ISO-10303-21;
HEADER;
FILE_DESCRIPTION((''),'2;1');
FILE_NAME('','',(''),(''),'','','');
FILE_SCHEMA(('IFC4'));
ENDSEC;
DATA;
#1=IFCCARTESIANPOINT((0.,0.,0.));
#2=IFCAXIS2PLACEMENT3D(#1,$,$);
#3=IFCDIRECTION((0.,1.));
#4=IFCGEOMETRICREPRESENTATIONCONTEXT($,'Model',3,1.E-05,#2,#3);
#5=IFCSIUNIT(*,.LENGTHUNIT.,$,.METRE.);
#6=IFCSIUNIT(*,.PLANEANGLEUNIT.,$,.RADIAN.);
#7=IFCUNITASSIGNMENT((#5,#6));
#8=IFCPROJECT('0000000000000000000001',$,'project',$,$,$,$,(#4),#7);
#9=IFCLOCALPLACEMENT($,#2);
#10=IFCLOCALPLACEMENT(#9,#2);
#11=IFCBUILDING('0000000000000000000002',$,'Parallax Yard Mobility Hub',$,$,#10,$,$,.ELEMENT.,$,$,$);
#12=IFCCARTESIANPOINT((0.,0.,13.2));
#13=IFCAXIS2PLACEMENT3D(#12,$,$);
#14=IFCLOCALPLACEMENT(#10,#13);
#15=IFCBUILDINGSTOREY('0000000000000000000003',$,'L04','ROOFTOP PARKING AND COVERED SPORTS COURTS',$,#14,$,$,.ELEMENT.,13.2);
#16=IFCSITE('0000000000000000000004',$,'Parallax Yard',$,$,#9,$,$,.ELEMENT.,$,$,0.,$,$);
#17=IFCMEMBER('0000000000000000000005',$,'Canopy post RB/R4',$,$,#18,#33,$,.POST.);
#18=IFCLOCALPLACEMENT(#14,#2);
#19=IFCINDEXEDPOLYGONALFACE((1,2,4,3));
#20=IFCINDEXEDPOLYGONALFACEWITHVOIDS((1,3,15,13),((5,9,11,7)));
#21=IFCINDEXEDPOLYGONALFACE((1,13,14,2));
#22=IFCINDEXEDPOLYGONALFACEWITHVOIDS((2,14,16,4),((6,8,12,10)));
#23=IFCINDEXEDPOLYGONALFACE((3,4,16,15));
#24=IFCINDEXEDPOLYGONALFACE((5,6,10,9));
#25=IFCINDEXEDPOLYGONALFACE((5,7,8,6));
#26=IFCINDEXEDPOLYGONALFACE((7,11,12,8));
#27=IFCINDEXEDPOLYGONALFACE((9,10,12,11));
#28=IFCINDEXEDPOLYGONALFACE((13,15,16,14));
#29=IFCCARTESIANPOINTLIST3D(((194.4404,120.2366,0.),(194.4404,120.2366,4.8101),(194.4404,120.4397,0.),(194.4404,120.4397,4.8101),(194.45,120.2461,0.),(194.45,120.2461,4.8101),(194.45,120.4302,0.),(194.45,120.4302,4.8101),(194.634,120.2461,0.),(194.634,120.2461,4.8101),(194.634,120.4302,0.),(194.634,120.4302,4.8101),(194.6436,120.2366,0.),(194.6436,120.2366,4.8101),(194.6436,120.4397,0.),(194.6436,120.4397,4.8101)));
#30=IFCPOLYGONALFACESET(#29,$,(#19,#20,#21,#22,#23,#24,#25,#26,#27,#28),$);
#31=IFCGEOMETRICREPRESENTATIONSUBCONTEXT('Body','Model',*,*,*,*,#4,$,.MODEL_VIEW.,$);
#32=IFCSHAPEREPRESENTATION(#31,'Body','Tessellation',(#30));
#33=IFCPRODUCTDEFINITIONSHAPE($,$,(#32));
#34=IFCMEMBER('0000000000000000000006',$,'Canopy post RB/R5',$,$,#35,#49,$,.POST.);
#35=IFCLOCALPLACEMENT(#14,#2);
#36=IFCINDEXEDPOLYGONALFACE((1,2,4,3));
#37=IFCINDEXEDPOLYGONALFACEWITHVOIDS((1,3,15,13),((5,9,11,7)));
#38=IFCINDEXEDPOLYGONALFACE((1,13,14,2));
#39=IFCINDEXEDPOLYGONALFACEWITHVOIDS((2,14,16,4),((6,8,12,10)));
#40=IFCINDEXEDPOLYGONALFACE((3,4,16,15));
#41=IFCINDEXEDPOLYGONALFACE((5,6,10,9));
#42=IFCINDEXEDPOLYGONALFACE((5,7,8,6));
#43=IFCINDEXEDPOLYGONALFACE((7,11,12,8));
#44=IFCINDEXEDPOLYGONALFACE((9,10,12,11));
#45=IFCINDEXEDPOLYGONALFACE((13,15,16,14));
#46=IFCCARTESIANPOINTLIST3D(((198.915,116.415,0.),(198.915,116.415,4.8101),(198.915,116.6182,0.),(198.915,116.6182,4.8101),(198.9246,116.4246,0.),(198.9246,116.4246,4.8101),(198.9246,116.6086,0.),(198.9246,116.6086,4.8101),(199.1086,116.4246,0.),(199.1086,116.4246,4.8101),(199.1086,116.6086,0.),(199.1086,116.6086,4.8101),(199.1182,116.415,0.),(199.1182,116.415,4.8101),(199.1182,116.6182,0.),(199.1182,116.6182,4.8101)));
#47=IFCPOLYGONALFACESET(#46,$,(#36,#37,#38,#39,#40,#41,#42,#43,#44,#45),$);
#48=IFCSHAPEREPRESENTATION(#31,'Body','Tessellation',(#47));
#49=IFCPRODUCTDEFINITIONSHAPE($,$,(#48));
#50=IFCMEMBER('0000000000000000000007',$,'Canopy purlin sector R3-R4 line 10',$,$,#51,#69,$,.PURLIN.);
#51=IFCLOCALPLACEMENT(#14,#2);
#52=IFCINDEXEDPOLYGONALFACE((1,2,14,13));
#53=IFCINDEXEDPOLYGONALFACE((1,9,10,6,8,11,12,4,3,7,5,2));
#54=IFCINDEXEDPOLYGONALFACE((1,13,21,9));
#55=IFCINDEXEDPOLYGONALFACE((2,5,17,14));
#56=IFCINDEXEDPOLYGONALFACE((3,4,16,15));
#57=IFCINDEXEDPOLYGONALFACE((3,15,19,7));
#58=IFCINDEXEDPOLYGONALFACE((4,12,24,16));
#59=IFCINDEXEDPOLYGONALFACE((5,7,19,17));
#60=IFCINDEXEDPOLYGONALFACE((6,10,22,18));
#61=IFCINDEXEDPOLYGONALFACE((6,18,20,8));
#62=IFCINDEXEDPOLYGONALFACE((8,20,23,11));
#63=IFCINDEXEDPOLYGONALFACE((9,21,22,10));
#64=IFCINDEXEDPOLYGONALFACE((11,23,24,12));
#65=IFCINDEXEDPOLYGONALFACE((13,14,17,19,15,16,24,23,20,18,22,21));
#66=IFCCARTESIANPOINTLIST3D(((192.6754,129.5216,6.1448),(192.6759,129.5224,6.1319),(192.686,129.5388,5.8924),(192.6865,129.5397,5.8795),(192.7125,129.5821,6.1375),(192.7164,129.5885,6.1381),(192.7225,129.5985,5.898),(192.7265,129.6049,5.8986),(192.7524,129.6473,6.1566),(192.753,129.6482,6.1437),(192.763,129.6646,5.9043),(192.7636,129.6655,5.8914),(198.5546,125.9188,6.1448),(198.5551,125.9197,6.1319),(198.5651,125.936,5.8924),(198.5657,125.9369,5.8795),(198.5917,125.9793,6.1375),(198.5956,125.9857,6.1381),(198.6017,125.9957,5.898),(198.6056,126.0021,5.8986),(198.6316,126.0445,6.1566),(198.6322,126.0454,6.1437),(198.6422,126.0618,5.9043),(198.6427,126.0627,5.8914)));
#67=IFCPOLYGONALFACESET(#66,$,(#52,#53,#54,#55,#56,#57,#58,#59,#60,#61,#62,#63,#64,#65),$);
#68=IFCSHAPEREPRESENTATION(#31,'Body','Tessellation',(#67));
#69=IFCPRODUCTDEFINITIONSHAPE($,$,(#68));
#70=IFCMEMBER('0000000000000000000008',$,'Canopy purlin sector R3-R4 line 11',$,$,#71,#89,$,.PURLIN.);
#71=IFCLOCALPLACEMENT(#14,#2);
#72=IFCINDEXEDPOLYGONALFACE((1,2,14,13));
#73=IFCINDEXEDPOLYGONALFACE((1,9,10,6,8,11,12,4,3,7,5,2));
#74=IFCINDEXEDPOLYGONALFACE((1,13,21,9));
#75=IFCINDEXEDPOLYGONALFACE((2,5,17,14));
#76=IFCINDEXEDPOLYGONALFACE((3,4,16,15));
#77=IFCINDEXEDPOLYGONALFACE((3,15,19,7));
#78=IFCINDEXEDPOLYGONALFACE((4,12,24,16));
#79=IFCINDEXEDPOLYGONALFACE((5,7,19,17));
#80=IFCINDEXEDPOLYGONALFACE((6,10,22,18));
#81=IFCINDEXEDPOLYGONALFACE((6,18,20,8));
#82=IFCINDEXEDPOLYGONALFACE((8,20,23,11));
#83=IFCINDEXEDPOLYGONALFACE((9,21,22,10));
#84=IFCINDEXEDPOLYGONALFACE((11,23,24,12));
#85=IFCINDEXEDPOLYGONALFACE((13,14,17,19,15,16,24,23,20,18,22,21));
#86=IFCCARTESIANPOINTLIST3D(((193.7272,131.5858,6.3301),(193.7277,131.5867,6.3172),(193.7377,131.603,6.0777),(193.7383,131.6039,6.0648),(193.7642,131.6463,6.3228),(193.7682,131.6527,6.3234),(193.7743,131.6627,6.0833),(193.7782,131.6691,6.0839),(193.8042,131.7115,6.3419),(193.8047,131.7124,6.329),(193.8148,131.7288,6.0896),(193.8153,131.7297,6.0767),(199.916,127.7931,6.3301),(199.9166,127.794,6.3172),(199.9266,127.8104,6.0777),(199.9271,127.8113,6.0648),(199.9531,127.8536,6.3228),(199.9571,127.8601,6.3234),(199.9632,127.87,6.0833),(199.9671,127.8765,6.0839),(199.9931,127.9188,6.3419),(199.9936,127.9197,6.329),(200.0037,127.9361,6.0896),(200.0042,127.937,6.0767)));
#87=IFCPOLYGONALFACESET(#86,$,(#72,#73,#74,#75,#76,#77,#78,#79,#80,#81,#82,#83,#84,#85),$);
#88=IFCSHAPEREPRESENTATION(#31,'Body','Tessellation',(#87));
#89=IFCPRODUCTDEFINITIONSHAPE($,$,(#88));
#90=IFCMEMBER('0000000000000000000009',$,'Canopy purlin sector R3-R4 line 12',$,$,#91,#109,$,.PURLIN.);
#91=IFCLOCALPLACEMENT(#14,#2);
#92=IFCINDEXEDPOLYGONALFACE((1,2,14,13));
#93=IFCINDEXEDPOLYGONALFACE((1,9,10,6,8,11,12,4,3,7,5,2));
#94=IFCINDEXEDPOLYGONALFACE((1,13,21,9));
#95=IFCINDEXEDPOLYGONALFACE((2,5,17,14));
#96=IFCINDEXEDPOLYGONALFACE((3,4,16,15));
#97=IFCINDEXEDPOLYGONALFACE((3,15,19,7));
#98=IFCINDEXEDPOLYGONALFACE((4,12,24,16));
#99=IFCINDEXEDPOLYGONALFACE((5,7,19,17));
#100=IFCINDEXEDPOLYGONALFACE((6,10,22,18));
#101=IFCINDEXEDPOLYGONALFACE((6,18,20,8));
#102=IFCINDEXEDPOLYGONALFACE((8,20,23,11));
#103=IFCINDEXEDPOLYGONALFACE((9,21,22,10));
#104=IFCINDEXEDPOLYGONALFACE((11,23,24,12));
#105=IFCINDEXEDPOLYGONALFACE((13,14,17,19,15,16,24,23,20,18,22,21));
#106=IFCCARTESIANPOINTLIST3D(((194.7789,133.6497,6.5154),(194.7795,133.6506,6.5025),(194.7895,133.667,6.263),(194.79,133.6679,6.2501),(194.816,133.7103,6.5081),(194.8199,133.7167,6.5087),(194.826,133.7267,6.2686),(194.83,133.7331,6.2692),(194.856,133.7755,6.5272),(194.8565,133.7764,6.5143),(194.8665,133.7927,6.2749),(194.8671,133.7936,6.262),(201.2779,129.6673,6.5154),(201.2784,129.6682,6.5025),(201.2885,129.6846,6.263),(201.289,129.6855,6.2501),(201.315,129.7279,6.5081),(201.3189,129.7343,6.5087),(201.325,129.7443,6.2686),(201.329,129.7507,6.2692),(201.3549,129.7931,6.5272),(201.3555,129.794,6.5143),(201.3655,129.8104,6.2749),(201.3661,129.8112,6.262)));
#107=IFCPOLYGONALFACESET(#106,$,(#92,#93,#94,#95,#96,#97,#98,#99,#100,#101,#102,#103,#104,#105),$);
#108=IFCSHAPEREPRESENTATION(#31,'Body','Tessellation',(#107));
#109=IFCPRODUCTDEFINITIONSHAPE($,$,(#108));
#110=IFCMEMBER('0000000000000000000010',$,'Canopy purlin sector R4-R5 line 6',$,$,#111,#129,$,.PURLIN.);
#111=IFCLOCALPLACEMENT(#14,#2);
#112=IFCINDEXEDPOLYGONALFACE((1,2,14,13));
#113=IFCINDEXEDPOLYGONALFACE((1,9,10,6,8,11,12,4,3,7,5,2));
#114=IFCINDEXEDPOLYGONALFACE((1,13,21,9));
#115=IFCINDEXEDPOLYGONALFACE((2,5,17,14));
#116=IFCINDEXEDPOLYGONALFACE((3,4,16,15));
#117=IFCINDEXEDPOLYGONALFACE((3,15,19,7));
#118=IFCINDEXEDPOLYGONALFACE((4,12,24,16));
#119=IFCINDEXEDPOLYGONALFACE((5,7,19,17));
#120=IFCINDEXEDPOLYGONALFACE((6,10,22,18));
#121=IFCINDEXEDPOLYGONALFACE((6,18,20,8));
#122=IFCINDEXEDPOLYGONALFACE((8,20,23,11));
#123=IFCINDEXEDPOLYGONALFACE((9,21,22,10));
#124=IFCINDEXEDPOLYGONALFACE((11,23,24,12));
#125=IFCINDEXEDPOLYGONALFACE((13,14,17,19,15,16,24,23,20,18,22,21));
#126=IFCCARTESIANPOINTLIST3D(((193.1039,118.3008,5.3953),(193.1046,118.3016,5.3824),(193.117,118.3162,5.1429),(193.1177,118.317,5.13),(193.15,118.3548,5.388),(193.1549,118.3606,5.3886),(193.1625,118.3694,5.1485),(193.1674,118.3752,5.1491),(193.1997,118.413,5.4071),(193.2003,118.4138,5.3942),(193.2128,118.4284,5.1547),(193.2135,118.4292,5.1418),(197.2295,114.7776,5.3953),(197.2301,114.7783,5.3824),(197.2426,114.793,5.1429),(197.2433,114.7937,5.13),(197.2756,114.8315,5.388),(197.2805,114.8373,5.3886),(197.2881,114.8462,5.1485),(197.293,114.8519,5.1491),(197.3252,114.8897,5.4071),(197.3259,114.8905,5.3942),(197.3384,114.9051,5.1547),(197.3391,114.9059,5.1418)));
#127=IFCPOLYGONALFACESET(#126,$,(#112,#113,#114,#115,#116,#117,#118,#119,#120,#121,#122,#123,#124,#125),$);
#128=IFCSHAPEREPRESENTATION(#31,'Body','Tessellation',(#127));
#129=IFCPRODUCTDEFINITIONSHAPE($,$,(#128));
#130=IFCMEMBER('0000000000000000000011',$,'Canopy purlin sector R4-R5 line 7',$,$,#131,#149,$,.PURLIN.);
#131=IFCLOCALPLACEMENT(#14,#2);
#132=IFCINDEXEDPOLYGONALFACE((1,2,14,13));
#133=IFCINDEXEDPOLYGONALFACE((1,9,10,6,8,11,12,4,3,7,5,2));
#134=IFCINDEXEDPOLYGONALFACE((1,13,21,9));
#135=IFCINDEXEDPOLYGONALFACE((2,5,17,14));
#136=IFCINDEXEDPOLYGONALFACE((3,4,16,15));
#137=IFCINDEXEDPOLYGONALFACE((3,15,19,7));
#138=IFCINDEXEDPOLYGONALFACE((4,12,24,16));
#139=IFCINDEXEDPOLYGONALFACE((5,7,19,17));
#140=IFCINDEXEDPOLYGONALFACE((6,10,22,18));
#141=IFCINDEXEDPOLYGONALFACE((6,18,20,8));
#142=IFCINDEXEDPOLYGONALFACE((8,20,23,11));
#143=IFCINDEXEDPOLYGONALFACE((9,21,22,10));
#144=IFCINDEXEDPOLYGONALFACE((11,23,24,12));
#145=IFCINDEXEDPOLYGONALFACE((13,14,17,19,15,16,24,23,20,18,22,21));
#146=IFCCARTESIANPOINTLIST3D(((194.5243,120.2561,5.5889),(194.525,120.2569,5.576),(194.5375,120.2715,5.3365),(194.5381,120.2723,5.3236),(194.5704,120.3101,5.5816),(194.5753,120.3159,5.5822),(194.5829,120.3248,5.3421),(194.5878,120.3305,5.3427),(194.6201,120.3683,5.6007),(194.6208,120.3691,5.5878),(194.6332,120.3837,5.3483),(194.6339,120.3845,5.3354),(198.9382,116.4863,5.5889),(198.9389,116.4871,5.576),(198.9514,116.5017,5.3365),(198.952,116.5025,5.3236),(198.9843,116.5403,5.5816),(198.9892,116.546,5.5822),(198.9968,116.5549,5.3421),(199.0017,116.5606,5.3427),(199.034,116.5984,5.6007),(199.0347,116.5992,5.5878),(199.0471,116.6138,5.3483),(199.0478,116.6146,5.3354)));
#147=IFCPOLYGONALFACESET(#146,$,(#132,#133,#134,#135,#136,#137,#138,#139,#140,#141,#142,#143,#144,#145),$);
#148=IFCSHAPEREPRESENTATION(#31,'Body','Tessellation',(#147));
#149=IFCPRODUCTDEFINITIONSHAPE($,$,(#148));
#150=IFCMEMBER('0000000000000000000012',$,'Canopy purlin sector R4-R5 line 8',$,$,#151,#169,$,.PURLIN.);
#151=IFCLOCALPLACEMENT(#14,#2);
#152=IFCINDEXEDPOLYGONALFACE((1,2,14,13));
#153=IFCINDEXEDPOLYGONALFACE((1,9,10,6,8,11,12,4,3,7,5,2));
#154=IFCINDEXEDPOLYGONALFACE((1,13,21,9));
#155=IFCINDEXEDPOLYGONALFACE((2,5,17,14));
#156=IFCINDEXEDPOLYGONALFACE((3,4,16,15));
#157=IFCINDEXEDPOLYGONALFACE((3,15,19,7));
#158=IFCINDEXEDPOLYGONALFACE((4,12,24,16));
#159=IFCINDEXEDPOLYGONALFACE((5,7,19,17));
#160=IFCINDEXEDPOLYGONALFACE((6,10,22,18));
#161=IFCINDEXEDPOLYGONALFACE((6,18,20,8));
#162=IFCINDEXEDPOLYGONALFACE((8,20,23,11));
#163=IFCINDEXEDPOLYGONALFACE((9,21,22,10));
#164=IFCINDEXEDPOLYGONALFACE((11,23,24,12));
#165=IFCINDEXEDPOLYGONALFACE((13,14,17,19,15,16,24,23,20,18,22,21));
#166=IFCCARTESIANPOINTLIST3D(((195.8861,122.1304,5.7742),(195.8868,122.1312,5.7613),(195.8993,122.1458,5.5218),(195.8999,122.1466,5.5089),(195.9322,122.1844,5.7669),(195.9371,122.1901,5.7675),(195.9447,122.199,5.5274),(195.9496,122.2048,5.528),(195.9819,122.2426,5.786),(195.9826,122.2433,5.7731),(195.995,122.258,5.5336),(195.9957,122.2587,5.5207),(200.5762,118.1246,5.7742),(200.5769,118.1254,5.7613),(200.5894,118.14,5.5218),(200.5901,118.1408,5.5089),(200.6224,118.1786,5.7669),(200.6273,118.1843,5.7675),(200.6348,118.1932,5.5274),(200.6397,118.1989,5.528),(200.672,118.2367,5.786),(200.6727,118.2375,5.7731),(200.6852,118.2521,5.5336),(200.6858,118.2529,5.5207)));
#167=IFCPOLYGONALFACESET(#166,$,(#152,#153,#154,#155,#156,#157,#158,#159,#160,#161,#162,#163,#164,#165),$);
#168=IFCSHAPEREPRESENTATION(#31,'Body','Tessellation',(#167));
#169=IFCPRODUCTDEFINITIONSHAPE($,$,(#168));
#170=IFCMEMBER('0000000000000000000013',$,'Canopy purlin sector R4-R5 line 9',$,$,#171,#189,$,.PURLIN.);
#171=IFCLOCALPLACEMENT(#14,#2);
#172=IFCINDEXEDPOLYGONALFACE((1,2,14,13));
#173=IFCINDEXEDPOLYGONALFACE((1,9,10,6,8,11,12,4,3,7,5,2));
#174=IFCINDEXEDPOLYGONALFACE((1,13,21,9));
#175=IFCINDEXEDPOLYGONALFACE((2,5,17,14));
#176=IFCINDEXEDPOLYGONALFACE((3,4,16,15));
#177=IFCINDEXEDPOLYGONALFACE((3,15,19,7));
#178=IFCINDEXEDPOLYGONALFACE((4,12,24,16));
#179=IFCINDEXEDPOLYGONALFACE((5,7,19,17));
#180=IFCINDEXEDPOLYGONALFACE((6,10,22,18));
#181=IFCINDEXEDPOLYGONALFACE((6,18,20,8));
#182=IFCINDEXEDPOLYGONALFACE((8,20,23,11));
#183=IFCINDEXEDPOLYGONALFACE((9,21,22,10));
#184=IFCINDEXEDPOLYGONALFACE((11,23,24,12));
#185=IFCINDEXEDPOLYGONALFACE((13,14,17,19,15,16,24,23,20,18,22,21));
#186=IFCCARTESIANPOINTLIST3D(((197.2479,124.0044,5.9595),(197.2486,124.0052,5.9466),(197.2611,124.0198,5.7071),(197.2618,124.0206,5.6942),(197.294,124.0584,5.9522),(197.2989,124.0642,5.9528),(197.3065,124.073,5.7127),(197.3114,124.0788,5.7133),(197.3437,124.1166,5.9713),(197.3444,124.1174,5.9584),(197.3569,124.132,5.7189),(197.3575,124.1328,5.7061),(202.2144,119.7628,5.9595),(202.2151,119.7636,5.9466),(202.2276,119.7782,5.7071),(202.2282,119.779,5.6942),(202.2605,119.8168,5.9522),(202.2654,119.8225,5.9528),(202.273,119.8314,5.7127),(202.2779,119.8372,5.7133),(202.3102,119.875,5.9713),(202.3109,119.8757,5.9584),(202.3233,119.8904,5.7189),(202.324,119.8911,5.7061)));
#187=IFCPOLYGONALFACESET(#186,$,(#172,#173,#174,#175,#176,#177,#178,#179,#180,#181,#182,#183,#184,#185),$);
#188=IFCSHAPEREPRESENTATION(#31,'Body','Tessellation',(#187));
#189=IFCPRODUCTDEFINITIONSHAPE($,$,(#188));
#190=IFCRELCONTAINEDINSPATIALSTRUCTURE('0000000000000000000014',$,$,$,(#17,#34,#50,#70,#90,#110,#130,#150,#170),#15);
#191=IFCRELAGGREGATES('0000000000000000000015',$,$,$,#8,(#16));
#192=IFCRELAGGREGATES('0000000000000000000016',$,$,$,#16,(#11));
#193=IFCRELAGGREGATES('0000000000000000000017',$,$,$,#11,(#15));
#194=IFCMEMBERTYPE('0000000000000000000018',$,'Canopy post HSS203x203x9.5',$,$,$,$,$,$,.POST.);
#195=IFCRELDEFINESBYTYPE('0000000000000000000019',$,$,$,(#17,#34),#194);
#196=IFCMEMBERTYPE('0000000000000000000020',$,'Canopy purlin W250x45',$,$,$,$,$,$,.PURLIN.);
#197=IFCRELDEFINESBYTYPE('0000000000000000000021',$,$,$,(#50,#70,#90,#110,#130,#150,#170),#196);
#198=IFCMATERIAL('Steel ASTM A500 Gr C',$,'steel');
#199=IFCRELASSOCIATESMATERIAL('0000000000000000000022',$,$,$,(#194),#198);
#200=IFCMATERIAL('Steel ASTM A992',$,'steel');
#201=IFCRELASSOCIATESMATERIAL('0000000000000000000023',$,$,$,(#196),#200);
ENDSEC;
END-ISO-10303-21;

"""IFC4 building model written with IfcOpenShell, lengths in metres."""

from ifc_helpers import new_model, si_unit, direction, frame, origin, origin_2d, place, context, subcontext, project, spatial, hollow_rectangle, i_section, extrude, material, material_profile, profile_set, type_object, element, save


model = new_model("IFC4")

# Units and contexts
model_context = context("Model", 3, precision=1e-05, world=origin(), true_north=direction((0.0, 1.0)))
body_context = subcontext(model_context, "Body", "Model", "MODEL_VIEW")
ifc_project = project(units=[si_unit("LENGTHUNIT", "METRE"), si_unit("PLANEANGLEUNIT", "RADIAN")], contexts=[model_context])

# Site, building, storey
site_placement = place(None, origin())
site = spatial("IfcSite", under=ifc_project, at=site_placement, Name="Parallax Yard", CompositionType="ELEMENT", RefElevation=0.0)
building_placement = place(site_placement, origin())
building = spatial("IfcBuilding", under=site, at=building_placement, Name="Parallax Yard Mobility Hub", CompositionType="ELEMENT")
storey_placement = place(building_placement, frame((0.0, 0.0, 13.2)))
storey = spatial("IfcBuildingStorey", under=building, at=storey_placement, Name="L04", Description="ROOFTOP PARKING AND COVERED SPORTS COURTS", CompositionType="ELEMENT", Elevation=13.2)

# Members
ifc_material_1 = material(Name="Steel ASTM A500 Gr C", Category="steel")
ifc_material_profile_1 = material_profile(ifc_material_1, hollow_rectangle(XDim=0.2031, YDim=0.2031, WallThickness=0.0095, at=origin_2d()), Name="HSS203x203x9.5")
ifc_profile_set_1 = profile_set([ifc_material_profile_1], Name="Steel ASTM A500 Gr C")
member_type_1 = type_object("IfcMemberType", Name="Canopy post HSS203x203x9.5", PredefinedType="POST", material=ifc_profile_set_1)
for number, where, z_axis, x_axis, name in (
    (1, (194.542, 120.3381, 0.0), (0.0, 0.0, 1.0), (1.0, 0.0, 0.0), "Canopy post RB/R4"),
    (2, (199.0166, 116.5166, 0.0), (0.0, 0.0, 1.0), (1.0, 0.0, 0.0), "Canopy post RB/R5"),
):
    element("IfcMember", number, at=place(storey_placement, frame(where, z_axis=z_axis, x_axis=x_axis)), inside=storey, type_object=member_type_1, Name=name, PredefinedType="POST", context=body_context, shape_type="SweptSolid", body=[
        extrude(hollow_rectangle(XDim=0.2031, YDim=0.2031, WallThickness=0.0095, at=origin_2d()), origin(), (0.0, 0.0, 1.0), 4.8101),
    ])
ifc_material_2 = material(Name="Steel ASTM A992", Category="steel")
ifc_material_profile_2 = material_profile(ifc_material_2, i_section(OverallWidth=0.1479, OverallDepth=0.2661, WebThickness=0.0076, FlangeThickness=0.0129, at=origin_2d()), Name="W250x45")
ifc_profile_set_2 = profile_set([ifc_material_profile_2], Name="Steel ASTM A992")
member_type_2 = type_object("IfcMemberType", Name="Canopy purlin W250x45", PredefinedType="PURLIN", material=ifc_profile_set_2)
member_1_placement = place(storey_placement, frame((192.7195, 129.5935, 6.0181), z_axis=(0.852638, -0.522502, 0.0), x_axis=(0.520828, 0.849906, 0.07999)))
element("IfcMember", 3, at=member_1_placement, inside=storey, type_object=member_type_2, Name="Canopy purlin sector R3-R4 line 10", PredefinedType="PURLIN", context=body_context, shape_type="SweptSolid", body=[
    extrude(i_section(OverallWidth=0.1479, OverallDepth=0.2661, WebThickness=0.0076, FlangeThickness=0.0129, at=origin_2d()), origin(), (0.0, 0.0, 1.0), 6.8953),
])
member_2_placement = place(storey_placement, frame((193.7712, 131.6577, 6.2034), z_axis=(0.852633, -0.522511, 0.0), x_axis=(0.520836, 0.849901, 0.07999)))
element("IfcMember", 4, at=member_2_placement, inside=storey, type_object=member_type_2, Name="Canopy purlin sector R3-R4 line 11", PredefinedType="PURLIN", context=body_context, shape_type="SweptSolid", body=[
    extrude(i_section(OverallWidth=0.1479, OverallDepth=0.2661, WebThickness=0.0076, FlangeThickness=0.0129, at=origin_2d()), origin(), (0.0, 0.0, 1.0), 7.2585),
])
member_3_placement = place(storey_placement, frame((194.823, 133.7217, 6.3887), z_axis=(0.852651, -0.522481, 0.0), x_axis=(0.520807, 0.849919, 0.07999)))
element("IfcMember", 5, at=member_3_placement, inside=storey, type_object=member_type_2, Name="Canopy purlin sector R3-R4 line 12", PredefinedType="PURLIN", context=body_context, shape_type="SweptSolid", body=[
    extrude(i_section(OverallWidth=0.1479, OverallDepth=0.2661, WebThickness=0.0076, FlangeThickness=0.0129, at=origin_2d()), origin(), (0.0, 0.0, 1.0), 7.6221),
])
member_4_placement = place(storey_placement, frame((193.1587, 118.365, 5.2686), z_axis=(0.760434, -0.649415, 0.0), x_axis=(0.647334, 0.757997, 0.07999)))
element("IfcMember", 6, at=member_4_placement, inside=storey, type_object=member_type_2, Name="Canopy purlin sector R4-R5 line 6", PredefinedType="PURLIN", context=body_context, shape_type="SweptSolid", body=[
    extrude(i_section(OverallWidth=0.1479, OverallDepth=0.2661, WebThickness=0.0076, FlangeThickness=0.0129, at=origin_2d()), origin(), (0.0, 0.0, 1.0), 5.4253),
])
member_5_placement = place(storey_placement, frame((194.5791, 120.3203, 5.4622), z_axis=(0.760404, -0.64945, 0.0), x_axis=(0.647369, 0.757968, 0.07999)))
element("IfcMember", 7, at=member_5_placement, inside=storey, type_object=member_type_2, Name="Canopy purlin sector R4-R5 line 7", PredefinedType="PURLIN", context=body_context, shape_type="SweptSolid", body=[
    extrude(i_section(OverallWidth=0.1479, OverallDepth=0.2661, WebThickness=0.0076, FlangeThickness=0.0129, at=origin_2d()), origin(), (0.0, 0.0, 1.0), 5.8047),
])
member_6_placement = place(storey_placement, frame((195.9409, 122.1946, 5.6475), z_axis=(0.760401, -0.649454, 0.0), x_axis=(0.647373, 0.757964, 0.07999)))
element("IfcMember", 8, at=member_6_placement, inside=storey, type_object=member_type_2, Name="Canopy purlin sector R4-R5 line 8", PredefinedType="PURLIN", context=body_context, shape_type="SweptSolid", body=[
    extrude(i_section(OverallWidth=0.1479, OverallDepth=0.2661, WebThickness=0.0076, FlangeThickness=0.0129, at=origin_2d()), origin(), (0.0, 0.0, 1.0), 6.168),
])
member_7_placement = place(storey_placement, frame((197.3027, 124.0686, 5.8328), z_axis=(0.760416, -0.649436, 0.0), x_axis=(0.647355, 0.75798, 0.07999)))
element("IfcMember", 9, at=member_7_placement, inside=storey, type_object=member_type_2, Name="Canopy purlin sector R4-R5 line 9", PredefinedType="PURLIN", context=body_context, shape_type="SweptSolid", body=[
    extrude(i_section(OverallWidth=0.1479, OverallDepth=0.2661, WebThickness=0.0076, FlangeThickness=0.0129, at=origin_2d()), origin(), (0.0, 0.0, 1.0), 6.5312),
])

save(model, "model.ifc")
